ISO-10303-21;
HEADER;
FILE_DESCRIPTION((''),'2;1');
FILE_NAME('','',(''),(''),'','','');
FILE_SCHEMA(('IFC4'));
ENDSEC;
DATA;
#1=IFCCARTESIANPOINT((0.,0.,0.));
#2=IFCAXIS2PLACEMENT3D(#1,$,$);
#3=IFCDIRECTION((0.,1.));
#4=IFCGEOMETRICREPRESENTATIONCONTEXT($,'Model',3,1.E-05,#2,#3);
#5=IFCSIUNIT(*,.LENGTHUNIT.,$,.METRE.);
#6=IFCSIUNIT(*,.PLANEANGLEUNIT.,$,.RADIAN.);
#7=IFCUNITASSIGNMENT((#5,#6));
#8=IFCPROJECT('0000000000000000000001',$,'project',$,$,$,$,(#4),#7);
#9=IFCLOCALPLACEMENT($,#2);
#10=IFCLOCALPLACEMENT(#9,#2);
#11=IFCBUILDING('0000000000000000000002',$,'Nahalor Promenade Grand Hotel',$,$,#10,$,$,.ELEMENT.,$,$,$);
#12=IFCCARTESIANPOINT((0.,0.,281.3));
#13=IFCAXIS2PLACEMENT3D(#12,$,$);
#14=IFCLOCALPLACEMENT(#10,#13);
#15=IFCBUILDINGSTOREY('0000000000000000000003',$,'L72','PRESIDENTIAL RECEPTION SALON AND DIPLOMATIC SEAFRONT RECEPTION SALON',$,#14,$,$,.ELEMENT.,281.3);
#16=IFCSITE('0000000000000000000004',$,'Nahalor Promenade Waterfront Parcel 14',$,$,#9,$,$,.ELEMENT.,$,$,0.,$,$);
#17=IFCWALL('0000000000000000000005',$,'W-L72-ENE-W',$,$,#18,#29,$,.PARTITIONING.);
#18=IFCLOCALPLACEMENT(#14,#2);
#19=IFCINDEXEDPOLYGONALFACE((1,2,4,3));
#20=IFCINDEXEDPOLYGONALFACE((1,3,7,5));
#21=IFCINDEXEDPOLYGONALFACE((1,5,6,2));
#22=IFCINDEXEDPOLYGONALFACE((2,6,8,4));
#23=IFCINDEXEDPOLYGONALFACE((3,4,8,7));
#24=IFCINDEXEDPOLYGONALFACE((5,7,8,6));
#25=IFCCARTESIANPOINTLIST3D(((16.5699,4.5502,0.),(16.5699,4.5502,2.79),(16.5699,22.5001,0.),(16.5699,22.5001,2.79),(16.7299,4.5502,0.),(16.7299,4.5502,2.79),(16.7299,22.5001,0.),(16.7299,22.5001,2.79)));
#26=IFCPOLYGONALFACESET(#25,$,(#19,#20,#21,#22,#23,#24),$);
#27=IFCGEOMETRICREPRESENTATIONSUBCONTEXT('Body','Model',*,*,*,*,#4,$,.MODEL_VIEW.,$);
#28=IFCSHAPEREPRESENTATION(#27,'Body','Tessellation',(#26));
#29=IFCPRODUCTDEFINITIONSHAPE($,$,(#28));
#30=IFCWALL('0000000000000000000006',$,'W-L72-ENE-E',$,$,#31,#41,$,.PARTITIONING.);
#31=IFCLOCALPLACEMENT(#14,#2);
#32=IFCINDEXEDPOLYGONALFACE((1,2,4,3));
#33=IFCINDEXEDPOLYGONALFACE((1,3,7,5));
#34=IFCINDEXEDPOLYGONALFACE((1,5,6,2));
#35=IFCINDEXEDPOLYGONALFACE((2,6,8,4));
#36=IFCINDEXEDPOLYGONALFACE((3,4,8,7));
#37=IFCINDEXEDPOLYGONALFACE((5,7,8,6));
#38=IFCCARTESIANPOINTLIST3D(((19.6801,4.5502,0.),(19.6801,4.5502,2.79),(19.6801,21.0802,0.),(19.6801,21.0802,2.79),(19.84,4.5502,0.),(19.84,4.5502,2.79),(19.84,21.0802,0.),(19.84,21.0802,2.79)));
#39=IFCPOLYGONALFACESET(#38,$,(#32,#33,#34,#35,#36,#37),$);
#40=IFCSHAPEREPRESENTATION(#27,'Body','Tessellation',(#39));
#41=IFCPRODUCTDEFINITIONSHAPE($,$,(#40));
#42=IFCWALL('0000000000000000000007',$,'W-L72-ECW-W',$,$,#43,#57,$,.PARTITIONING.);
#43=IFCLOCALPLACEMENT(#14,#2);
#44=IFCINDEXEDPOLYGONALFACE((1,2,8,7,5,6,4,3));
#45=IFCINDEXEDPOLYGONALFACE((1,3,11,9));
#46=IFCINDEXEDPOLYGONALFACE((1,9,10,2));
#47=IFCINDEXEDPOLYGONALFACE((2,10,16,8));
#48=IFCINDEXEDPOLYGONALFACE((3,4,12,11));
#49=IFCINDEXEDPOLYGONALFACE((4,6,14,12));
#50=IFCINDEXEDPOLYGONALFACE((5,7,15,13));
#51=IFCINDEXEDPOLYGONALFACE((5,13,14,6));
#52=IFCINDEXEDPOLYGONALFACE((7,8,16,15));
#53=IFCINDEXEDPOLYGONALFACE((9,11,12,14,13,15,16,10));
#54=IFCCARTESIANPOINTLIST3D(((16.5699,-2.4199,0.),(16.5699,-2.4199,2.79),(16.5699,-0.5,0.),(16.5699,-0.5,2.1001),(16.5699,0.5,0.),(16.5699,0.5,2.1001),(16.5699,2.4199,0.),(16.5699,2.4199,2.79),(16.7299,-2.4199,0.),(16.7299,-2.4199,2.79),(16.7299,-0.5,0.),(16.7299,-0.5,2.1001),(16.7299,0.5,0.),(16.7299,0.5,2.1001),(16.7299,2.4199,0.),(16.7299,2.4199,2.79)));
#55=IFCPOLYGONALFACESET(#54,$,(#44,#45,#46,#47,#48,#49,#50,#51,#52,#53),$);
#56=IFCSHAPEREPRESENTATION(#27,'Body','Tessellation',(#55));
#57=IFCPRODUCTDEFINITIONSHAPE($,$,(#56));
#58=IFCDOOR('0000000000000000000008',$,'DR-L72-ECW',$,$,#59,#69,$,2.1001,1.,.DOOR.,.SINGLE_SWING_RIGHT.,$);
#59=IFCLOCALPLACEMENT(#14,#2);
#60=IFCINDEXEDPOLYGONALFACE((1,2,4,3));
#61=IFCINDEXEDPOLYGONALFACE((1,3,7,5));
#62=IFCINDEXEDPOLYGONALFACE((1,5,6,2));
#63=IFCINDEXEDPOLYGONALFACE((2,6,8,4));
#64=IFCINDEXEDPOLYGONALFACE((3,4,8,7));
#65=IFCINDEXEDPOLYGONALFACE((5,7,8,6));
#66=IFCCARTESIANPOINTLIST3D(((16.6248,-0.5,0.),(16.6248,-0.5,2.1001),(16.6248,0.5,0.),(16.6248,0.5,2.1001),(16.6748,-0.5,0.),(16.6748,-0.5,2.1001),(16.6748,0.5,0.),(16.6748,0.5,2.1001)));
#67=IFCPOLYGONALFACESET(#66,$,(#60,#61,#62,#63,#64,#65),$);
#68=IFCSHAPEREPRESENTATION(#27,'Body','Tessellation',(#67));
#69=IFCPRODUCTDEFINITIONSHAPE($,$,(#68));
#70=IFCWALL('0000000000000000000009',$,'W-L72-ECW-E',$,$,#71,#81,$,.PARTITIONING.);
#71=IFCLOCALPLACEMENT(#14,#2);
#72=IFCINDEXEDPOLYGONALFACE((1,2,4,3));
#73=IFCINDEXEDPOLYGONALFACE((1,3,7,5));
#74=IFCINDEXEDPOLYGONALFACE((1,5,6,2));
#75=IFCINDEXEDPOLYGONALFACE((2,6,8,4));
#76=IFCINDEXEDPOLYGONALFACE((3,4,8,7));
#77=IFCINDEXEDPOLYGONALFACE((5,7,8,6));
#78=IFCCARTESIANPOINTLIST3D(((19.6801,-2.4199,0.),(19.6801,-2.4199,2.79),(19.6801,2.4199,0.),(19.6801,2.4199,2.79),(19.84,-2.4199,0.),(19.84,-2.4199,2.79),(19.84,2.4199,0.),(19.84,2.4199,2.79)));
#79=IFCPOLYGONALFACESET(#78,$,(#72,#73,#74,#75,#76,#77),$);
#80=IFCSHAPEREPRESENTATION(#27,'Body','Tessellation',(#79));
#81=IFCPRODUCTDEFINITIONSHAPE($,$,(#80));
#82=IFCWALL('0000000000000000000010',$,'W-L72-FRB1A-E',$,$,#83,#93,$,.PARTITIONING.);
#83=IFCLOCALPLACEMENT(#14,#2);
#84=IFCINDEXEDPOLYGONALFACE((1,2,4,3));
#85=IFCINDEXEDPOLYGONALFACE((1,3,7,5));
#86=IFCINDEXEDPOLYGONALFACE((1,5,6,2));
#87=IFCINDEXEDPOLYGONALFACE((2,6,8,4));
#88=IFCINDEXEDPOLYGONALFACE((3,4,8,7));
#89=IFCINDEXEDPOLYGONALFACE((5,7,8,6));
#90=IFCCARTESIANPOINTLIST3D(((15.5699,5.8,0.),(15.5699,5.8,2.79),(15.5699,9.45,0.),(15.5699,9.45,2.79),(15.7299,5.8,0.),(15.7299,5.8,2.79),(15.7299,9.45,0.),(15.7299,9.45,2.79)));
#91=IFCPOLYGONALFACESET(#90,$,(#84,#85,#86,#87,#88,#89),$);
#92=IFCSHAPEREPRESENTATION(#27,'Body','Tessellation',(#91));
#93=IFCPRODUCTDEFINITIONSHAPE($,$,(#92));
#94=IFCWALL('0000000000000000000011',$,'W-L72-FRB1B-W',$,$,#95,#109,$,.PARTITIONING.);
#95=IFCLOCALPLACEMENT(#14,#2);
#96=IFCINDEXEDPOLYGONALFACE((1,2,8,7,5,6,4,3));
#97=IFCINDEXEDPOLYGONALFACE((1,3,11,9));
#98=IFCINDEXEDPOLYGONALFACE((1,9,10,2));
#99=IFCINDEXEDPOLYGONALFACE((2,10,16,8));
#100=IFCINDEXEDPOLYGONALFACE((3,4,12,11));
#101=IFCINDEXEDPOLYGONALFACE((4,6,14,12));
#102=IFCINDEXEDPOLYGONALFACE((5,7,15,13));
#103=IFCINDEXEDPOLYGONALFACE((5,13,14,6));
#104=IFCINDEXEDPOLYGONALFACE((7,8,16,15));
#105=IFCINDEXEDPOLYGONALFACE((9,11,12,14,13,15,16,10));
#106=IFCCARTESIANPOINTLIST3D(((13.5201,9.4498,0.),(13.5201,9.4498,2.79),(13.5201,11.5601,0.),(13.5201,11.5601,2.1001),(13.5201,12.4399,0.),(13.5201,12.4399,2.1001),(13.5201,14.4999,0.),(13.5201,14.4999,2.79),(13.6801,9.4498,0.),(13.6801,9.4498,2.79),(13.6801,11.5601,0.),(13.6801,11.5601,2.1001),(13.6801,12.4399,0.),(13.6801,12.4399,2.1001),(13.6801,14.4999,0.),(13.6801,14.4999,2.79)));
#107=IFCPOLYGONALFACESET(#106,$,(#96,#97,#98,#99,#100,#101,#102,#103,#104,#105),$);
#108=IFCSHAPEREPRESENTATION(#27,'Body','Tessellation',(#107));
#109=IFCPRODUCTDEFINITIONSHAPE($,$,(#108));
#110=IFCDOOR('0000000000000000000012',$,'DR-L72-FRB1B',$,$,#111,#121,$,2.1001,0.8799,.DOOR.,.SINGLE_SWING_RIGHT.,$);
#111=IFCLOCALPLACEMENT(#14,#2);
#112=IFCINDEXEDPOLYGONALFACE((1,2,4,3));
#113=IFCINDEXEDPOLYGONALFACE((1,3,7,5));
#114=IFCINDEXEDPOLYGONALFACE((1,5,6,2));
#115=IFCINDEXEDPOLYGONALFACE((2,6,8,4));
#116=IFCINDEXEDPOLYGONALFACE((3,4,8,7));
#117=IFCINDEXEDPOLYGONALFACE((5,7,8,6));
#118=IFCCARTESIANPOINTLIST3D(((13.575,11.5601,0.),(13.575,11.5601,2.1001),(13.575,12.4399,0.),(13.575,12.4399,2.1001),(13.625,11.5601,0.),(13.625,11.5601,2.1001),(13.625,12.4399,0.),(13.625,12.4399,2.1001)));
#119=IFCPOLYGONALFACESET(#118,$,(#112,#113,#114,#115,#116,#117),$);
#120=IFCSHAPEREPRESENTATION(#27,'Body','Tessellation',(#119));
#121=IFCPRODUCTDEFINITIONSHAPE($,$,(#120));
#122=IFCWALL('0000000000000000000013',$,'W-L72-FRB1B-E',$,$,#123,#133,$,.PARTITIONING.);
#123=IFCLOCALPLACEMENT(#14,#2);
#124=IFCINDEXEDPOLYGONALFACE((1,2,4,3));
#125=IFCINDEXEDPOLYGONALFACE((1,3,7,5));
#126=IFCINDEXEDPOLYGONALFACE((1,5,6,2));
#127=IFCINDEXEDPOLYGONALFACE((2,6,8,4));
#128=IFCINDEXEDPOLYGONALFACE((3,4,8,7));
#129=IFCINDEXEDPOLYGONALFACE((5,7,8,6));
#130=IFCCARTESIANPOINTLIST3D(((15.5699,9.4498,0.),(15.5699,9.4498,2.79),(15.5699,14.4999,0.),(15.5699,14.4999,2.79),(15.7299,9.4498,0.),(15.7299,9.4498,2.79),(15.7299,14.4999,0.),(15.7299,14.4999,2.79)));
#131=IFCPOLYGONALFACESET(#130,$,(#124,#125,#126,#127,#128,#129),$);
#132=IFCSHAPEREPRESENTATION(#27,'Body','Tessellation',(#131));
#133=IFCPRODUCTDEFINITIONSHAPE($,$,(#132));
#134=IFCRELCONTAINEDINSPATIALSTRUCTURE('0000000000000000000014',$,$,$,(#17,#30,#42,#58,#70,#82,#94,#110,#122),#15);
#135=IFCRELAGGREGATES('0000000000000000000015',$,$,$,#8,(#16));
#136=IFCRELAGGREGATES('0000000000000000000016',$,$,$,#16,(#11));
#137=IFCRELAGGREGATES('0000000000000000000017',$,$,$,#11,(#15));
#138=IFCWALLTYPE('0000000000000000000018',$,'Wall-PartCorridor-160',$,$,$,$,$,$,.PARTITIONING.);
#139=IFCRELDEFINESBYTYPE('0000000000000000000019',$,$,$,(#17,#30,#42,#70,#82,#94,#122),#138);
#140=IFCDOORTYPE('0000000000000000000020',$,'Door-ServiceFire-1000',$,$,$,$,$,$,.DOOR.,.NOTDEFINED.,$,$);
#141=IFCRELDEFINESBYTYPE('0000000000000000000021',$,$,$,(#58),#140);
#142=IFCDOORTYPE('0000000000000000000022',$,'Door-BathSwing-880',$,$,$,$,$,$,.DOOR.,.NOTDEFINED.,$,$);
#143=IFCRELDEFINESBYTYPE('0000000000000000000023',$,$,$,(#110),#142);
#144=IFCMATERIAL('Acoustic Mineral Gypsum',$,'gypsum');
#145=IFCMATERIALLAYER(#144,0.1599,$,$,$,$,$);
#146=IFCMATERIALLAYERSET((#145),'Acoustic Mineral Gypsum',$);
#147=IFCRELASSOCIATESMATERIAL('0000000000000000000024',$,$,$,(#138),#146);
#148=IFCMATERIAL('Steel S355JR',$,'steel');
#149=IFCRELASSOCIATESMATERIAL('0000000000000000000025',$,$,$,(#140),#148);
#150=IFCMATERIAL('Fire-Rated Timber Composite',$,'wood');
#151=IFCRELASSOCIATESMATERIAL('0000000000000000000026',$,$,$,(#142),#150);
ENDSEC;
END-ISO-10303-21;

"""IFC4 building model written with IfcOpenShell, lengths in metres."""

from ifc_helpers import new_model, si_unit, direction, frame, frame_2d, origin, place, context, subcontext, project, spatial, rectangle, extrude, source, transform, mapped, material, layer, layer_set, type_object, element, fill, save


model = new_model("IFC4")

# Units and contexts
model_context = context("Model", 3, precision=1e-05, world=origin(), true_north=direction((0.0, 1.0)))
body_context = subcontext(model_context, "Body", "Model", "MODEL_VIEW")
ifc_project = project(units=[si_unit("LENGTHUNIT", "METRE"), si_unit("PLANEANGLEUNIT", "RADIAN")], contexts=[model_context])

# Site, building, storey
site_placement = place(None, origin())
site = spatial("IfcSite", under=ifc_project, at=site_placement, Name="Nahalor Promenade Waterfront Parcel 14", CompositionType="ELEMENT", RefElevation=0.0)
building_placement = place(site_placement, origin())
building = spatial("IfcBuilding", under=site, at=building_placement, Name="Nahalor Promenade Grand Hotel", CompositionType="ELEMENT")
storey_placement = place(building_placement, frame((0.0, 0.0, 281.3)))
storey = spatial("IfcBuildingStorey", under=building, at=storey_placement, Name="L72", Description="PRESIDENTIAL RECEPTION SALON AND DIPLOMATIC SEAFRONT RECEPTION SALON", CompositionType="ELEMENT", Elevation=281.3)

# Shared definitions
ifc_material_1 = material(Name="Steel S355JR", Category="steel")

# Shared definitions
ifc_material_2 = material(Name="Acoustic Mineral Gypsum", Category="gypsum")
ifc_layer_1 = layer(ifc_material_2, 0.1599)
ifc_layer_set_1 = layer_set([ifc_layer_1], Name="Acoustic Mineral Gypsum")
wall_type_1 = type_object("IfcWallType", Name="Wall-PartCorridor-160", PredefinedType="PARTITIONING", material=ifc_layer_set_1)
door_type_1 = type_object("IfcDoorType", Name="Door-ServiceFire-1000", OperationType="NOTDEFINED", PredefinedType="DOOR", material=ifc_material_1)
shared_shape_1 = source(origin(), body_context, "Body", "SweptSolid", [
    extrude(rectangle(XDim=1.0, YDim=2.1001, at=frame_2d((0.5, 1.05))), frame((0.0, 0.0249, 0.0), z_axis=(0.0, -1.0, 0.0), x_axis=(1.0, 0.0, 0.0)), (0.0, 0.0, 1.0), 0.05),
])

# Walls
shared_shape_2 = source(origin(), body_context, "Body", "SweptSolid", [
    extrude(rectangle(XDim=17.95, YDim=0.1599, at=frame_2d((8.9751, 0.0))), origin(), (0.0, 0.0, 1.0), 2.79),
])
wall_1_placement = place(storey_placement, frame((16.6499, 4.55, 0.0), z_axis=(0.0, 0.0, 1.0), x_axis=(0.0, 1.0, 0.0)))
element("IfcWall", 1, at=wall_1_placement, inside=storey, type_object=wall_type_1, Name="W-L72-ENE-W", PredefinedType="PARTITIONING", context=body_context, shape_type="MappedRepresentation", body=[
    mapped(shared_shape_2, transform((0.0, 0.0, 0.0), scale=1.0)),
])
shared_shape_3 = source(origin(), body_context, "Body", "SweptSolid", [
    extrude(rectangle(XDim=16.53, YDim=0.1599, at=frame_2d((8.2651, 0.0))), origin(), (0.0, 0.0, 1.0), 2.79),
])
wall_2_placement = place(storey_placement, frame((19.76, 4.55, 0.0), z_axis=(0.0, 0.0, 1.0), x_axis=(0.0, 1.0, 0.0)))
element("IfcWall", 2, at=wall_2_placement, inside=storey, type_object=wall_type_1, Name="W-L72-ENE-E", PredefinedType="PARTITIONING", context=body_context, shape_type="MappedRepresentation", body=[
    mapped(shared_shape_3, transform((0.0, 0.0, 0.0), scale=1.0)),
])

# Wall, opening, door
shared_shape_4 = source(origin(), body_context, "Body", "SweptSolid", [
    extrude(rectangle(XDim=4.8398, YDim=0.1599, at=frame_2d((2.4199, 0.0))), origin(), (0.0, 0.0, 1.0), 2.79),
])
wall_3_placement = place(storey_placement, frame((16.6499, -2.4199, 0.0), z_axis=(0.0, 0.0, 1.0), x_axis=(0.0, 1.0, 0.0)))
wall_3 = element("IfcWall", 3, at=wall_3_placement, inside=storey, type_object=wall_type_1, Name="W-L72-ECW-W", PredefinedType="PARTITIONING", context=body_context, shape_type="MappedRepresentation", body=[
    mapped(shared_shape_4, transform((0.0, 0.0, 0.0), scale=1.0)),
])
opening_1_placement = place(wall_3_placement, frame((1.9199, 0.0, 0.0)))
opening_1 = element("IfcOpeningElement", 4, at=opening_1_placement, cuts=wall_3, PredefinedType="OPENING", context=body_context, shape_type="SweptSolid", body=[
    extrude(rectangle(XDim=1.0, YDim=2.1001, at=frame_2d((0.5, 1.05))), frame((0.0, 0.0898, 0.0), z_axis=(0.0, -1.0, 0.0), x_axis=(1.0, 0.0, 0.0)), (0.0, 0.0, 1.0), 0.1799),
])
door_1_placement = place(opening_1_placement, frame((1.0, 0.0, 0.0), z_axis=(0.0, 0.0, 1.0), x_axis=(-1.0, 0.0, 0.0)))
door_1 = element("IfcDoor", 5, at=door_1_placement, inside=storey, type_object=door_type_1, Name="DR-L72-ECW", OperationType="SINGLE_SWING_RIGHT", OverallHeight=2.1001, OverallWidth=1.0, PredefinedType="DOOR", context=body_context, shape_type="MappedRepresentation", body=[
    mapped(shared_shape_1, transform((0.0, 0.0, 0.0), scale=1.0)),
])
fill(opening_1, door_1)

# Walls
wall_4_placement = place(storey_placement, frame((19.76, -2.4199, 0.0), z_axis=(0.0, 0.0, 1.0), x_axis=(0.0, 1.0, 0.0)))
element("IfcWall", 6, at=wall_4_placement, inside=storey, type_object=wall_type_1, Name="W-L72-ECW-E", PredefinedType="PARTITIONING", context=body_context, shape_type="MappedRepresentation", body=[
    mapped(shared_shape_4, transform((0.0, 0.0, 0.0), scale=1.0)),
])
shared_shape_5 = source(origin(), body_context, "Body", "SweptSolid", [
    extrude(rectangle(XDim=3.6499, YDim=0.1599, at=frame_2d((1.825, 0.0))), origin(), (0.0, 0.0, 1.0), 2.79),
])
wall_5_placement = place(storey_placement, frame((15.6499, 5.8, 0.0), z_axis=(0.0, 0.0, 1.0), x_axis=(0.0, 1.0, 0.0)))
element("IfcWall", 7, at=wall_5_placement, inside=storey, type_object=wall_type_1, Name="W-L72-FRB1A-E", PredefinedType="PARTITIONING", context=body_context, shape_type="MappedRepresentation", body=[
    mapped(shared_shape_5, transform((0.0, 0.0, 0.0), scale=1.0)),
])

# Wall, opening, door
shared_shape_6 = source(origin(), body_context, "Body", "SweptSolid", [
    extrude(rectangle(XDim=5.05, YDim=0.1599, at=frame_2d((2.5249, 0.0))), origin(), (0.0, 0.0, 1.0), 2.79),
])
wall_6_placement = place(storey_placement, frame((13.6001, 9.45, 0.0), z_axis=(0.0, 0.0, 1.0), x_axis=(0.0, 1.0, 0.0)))
wall_6 = element("IfcWall", 8, at=wall_6_placement, inside=storey, type_object=wall_type_1, Name="W-L72-FRB1B-W", PredefinedType="PARTITIONING", context=body_context, shape_type="MappedRepresentation", body=[
    mapped(shared_shape_6, transform((0.0, 0.0, 0.0), scale=1.0)),
])
opening_2_placement = place(wall_6_placement, frame((2.1101, 0.0, 0.0)))
opening_2 = element("IfcOpeningElement", 9, at=opening_2_placement, cuts=wall_6, PredefinedType="OPENING", context=body_context, shape_type="SweptSolid", body=[
    extrude(rectangle(XDim=0.8799, YDim=2.1001, at=frame_2d((0.4399, 1.05))), frame((0.0, 0.0898, 0.0), z_axis=(0.0, -1.0, 0.0), x_axis=(1.0, 0.0, 0.0)), (0.0, 0.0, 1.0), 0.1799),
])
ifc_material_3 = material(Name="Fire-Rated Timber Composite", Category="wood")
door_type_2 = type_object("IfcDoorType", Name="Door-BathSwing-880", OperationType="NOTDEFINED", PredefinedType="DOOR", material=ifc_material_3)
shared_shape_7 = source(origin(), body_context, "Body", "SweptSolid", [
    extrude(rectangle(XDim=0.8799, YDim=2.1001, at=frame_2d((0.4399, 1.05))), frame((0.0, 0.0249, 0.0), z_axis=(0.0, -1.0, 0.0), x_axis=(1.0, 0.0, 0.0)), (0.0, 0.0, 1.0), 0.05),
])
door_2_placement = place(opening_2_placement, frame((0.8799, 0.0, 0.0), z_axis=(0.0, 0.0, 1.0), x_axis=(-1.0, 0.0, 0.0)))
door_2 = element("IfcDoor", 10, at=door_2_placement, inside=storey, type_object=door_type_2, Name="DR-L72-FRB1B", OperationType="SINGLE_SWING_RIGHT", OverallHeight=2.1001, OverallWidth=0.8799, PredefinedType="DOOR", context=body_context, shape_type="MappedRepresentation", body=[
    mapped(shared_shape_7, transform((0.0, 0.0, 0.0), scale=1.0)),
])
fill(opening_2, door_2)

# Wall
wall_7_placement = place(storey_placement, frame((15.6499, 9.45, 0.0), z_axis=(0.0, 0.0, 1.0), x_axis=(0.0, 1.0, 0.0)))
element("IfcWall", 11, at=wall_7_placement, inside=storey, type_object=wall_type_1, Name="W-L72-FRB1B-E", PredefinedType="PARTITIONING", context=body_context, shape_type="MappedRepresentation", body=[
    mapped(shared_shape_6, transform((0.0, 0.0, 0.0), scale=1.0)),
])

save(model, "model.ifc")
